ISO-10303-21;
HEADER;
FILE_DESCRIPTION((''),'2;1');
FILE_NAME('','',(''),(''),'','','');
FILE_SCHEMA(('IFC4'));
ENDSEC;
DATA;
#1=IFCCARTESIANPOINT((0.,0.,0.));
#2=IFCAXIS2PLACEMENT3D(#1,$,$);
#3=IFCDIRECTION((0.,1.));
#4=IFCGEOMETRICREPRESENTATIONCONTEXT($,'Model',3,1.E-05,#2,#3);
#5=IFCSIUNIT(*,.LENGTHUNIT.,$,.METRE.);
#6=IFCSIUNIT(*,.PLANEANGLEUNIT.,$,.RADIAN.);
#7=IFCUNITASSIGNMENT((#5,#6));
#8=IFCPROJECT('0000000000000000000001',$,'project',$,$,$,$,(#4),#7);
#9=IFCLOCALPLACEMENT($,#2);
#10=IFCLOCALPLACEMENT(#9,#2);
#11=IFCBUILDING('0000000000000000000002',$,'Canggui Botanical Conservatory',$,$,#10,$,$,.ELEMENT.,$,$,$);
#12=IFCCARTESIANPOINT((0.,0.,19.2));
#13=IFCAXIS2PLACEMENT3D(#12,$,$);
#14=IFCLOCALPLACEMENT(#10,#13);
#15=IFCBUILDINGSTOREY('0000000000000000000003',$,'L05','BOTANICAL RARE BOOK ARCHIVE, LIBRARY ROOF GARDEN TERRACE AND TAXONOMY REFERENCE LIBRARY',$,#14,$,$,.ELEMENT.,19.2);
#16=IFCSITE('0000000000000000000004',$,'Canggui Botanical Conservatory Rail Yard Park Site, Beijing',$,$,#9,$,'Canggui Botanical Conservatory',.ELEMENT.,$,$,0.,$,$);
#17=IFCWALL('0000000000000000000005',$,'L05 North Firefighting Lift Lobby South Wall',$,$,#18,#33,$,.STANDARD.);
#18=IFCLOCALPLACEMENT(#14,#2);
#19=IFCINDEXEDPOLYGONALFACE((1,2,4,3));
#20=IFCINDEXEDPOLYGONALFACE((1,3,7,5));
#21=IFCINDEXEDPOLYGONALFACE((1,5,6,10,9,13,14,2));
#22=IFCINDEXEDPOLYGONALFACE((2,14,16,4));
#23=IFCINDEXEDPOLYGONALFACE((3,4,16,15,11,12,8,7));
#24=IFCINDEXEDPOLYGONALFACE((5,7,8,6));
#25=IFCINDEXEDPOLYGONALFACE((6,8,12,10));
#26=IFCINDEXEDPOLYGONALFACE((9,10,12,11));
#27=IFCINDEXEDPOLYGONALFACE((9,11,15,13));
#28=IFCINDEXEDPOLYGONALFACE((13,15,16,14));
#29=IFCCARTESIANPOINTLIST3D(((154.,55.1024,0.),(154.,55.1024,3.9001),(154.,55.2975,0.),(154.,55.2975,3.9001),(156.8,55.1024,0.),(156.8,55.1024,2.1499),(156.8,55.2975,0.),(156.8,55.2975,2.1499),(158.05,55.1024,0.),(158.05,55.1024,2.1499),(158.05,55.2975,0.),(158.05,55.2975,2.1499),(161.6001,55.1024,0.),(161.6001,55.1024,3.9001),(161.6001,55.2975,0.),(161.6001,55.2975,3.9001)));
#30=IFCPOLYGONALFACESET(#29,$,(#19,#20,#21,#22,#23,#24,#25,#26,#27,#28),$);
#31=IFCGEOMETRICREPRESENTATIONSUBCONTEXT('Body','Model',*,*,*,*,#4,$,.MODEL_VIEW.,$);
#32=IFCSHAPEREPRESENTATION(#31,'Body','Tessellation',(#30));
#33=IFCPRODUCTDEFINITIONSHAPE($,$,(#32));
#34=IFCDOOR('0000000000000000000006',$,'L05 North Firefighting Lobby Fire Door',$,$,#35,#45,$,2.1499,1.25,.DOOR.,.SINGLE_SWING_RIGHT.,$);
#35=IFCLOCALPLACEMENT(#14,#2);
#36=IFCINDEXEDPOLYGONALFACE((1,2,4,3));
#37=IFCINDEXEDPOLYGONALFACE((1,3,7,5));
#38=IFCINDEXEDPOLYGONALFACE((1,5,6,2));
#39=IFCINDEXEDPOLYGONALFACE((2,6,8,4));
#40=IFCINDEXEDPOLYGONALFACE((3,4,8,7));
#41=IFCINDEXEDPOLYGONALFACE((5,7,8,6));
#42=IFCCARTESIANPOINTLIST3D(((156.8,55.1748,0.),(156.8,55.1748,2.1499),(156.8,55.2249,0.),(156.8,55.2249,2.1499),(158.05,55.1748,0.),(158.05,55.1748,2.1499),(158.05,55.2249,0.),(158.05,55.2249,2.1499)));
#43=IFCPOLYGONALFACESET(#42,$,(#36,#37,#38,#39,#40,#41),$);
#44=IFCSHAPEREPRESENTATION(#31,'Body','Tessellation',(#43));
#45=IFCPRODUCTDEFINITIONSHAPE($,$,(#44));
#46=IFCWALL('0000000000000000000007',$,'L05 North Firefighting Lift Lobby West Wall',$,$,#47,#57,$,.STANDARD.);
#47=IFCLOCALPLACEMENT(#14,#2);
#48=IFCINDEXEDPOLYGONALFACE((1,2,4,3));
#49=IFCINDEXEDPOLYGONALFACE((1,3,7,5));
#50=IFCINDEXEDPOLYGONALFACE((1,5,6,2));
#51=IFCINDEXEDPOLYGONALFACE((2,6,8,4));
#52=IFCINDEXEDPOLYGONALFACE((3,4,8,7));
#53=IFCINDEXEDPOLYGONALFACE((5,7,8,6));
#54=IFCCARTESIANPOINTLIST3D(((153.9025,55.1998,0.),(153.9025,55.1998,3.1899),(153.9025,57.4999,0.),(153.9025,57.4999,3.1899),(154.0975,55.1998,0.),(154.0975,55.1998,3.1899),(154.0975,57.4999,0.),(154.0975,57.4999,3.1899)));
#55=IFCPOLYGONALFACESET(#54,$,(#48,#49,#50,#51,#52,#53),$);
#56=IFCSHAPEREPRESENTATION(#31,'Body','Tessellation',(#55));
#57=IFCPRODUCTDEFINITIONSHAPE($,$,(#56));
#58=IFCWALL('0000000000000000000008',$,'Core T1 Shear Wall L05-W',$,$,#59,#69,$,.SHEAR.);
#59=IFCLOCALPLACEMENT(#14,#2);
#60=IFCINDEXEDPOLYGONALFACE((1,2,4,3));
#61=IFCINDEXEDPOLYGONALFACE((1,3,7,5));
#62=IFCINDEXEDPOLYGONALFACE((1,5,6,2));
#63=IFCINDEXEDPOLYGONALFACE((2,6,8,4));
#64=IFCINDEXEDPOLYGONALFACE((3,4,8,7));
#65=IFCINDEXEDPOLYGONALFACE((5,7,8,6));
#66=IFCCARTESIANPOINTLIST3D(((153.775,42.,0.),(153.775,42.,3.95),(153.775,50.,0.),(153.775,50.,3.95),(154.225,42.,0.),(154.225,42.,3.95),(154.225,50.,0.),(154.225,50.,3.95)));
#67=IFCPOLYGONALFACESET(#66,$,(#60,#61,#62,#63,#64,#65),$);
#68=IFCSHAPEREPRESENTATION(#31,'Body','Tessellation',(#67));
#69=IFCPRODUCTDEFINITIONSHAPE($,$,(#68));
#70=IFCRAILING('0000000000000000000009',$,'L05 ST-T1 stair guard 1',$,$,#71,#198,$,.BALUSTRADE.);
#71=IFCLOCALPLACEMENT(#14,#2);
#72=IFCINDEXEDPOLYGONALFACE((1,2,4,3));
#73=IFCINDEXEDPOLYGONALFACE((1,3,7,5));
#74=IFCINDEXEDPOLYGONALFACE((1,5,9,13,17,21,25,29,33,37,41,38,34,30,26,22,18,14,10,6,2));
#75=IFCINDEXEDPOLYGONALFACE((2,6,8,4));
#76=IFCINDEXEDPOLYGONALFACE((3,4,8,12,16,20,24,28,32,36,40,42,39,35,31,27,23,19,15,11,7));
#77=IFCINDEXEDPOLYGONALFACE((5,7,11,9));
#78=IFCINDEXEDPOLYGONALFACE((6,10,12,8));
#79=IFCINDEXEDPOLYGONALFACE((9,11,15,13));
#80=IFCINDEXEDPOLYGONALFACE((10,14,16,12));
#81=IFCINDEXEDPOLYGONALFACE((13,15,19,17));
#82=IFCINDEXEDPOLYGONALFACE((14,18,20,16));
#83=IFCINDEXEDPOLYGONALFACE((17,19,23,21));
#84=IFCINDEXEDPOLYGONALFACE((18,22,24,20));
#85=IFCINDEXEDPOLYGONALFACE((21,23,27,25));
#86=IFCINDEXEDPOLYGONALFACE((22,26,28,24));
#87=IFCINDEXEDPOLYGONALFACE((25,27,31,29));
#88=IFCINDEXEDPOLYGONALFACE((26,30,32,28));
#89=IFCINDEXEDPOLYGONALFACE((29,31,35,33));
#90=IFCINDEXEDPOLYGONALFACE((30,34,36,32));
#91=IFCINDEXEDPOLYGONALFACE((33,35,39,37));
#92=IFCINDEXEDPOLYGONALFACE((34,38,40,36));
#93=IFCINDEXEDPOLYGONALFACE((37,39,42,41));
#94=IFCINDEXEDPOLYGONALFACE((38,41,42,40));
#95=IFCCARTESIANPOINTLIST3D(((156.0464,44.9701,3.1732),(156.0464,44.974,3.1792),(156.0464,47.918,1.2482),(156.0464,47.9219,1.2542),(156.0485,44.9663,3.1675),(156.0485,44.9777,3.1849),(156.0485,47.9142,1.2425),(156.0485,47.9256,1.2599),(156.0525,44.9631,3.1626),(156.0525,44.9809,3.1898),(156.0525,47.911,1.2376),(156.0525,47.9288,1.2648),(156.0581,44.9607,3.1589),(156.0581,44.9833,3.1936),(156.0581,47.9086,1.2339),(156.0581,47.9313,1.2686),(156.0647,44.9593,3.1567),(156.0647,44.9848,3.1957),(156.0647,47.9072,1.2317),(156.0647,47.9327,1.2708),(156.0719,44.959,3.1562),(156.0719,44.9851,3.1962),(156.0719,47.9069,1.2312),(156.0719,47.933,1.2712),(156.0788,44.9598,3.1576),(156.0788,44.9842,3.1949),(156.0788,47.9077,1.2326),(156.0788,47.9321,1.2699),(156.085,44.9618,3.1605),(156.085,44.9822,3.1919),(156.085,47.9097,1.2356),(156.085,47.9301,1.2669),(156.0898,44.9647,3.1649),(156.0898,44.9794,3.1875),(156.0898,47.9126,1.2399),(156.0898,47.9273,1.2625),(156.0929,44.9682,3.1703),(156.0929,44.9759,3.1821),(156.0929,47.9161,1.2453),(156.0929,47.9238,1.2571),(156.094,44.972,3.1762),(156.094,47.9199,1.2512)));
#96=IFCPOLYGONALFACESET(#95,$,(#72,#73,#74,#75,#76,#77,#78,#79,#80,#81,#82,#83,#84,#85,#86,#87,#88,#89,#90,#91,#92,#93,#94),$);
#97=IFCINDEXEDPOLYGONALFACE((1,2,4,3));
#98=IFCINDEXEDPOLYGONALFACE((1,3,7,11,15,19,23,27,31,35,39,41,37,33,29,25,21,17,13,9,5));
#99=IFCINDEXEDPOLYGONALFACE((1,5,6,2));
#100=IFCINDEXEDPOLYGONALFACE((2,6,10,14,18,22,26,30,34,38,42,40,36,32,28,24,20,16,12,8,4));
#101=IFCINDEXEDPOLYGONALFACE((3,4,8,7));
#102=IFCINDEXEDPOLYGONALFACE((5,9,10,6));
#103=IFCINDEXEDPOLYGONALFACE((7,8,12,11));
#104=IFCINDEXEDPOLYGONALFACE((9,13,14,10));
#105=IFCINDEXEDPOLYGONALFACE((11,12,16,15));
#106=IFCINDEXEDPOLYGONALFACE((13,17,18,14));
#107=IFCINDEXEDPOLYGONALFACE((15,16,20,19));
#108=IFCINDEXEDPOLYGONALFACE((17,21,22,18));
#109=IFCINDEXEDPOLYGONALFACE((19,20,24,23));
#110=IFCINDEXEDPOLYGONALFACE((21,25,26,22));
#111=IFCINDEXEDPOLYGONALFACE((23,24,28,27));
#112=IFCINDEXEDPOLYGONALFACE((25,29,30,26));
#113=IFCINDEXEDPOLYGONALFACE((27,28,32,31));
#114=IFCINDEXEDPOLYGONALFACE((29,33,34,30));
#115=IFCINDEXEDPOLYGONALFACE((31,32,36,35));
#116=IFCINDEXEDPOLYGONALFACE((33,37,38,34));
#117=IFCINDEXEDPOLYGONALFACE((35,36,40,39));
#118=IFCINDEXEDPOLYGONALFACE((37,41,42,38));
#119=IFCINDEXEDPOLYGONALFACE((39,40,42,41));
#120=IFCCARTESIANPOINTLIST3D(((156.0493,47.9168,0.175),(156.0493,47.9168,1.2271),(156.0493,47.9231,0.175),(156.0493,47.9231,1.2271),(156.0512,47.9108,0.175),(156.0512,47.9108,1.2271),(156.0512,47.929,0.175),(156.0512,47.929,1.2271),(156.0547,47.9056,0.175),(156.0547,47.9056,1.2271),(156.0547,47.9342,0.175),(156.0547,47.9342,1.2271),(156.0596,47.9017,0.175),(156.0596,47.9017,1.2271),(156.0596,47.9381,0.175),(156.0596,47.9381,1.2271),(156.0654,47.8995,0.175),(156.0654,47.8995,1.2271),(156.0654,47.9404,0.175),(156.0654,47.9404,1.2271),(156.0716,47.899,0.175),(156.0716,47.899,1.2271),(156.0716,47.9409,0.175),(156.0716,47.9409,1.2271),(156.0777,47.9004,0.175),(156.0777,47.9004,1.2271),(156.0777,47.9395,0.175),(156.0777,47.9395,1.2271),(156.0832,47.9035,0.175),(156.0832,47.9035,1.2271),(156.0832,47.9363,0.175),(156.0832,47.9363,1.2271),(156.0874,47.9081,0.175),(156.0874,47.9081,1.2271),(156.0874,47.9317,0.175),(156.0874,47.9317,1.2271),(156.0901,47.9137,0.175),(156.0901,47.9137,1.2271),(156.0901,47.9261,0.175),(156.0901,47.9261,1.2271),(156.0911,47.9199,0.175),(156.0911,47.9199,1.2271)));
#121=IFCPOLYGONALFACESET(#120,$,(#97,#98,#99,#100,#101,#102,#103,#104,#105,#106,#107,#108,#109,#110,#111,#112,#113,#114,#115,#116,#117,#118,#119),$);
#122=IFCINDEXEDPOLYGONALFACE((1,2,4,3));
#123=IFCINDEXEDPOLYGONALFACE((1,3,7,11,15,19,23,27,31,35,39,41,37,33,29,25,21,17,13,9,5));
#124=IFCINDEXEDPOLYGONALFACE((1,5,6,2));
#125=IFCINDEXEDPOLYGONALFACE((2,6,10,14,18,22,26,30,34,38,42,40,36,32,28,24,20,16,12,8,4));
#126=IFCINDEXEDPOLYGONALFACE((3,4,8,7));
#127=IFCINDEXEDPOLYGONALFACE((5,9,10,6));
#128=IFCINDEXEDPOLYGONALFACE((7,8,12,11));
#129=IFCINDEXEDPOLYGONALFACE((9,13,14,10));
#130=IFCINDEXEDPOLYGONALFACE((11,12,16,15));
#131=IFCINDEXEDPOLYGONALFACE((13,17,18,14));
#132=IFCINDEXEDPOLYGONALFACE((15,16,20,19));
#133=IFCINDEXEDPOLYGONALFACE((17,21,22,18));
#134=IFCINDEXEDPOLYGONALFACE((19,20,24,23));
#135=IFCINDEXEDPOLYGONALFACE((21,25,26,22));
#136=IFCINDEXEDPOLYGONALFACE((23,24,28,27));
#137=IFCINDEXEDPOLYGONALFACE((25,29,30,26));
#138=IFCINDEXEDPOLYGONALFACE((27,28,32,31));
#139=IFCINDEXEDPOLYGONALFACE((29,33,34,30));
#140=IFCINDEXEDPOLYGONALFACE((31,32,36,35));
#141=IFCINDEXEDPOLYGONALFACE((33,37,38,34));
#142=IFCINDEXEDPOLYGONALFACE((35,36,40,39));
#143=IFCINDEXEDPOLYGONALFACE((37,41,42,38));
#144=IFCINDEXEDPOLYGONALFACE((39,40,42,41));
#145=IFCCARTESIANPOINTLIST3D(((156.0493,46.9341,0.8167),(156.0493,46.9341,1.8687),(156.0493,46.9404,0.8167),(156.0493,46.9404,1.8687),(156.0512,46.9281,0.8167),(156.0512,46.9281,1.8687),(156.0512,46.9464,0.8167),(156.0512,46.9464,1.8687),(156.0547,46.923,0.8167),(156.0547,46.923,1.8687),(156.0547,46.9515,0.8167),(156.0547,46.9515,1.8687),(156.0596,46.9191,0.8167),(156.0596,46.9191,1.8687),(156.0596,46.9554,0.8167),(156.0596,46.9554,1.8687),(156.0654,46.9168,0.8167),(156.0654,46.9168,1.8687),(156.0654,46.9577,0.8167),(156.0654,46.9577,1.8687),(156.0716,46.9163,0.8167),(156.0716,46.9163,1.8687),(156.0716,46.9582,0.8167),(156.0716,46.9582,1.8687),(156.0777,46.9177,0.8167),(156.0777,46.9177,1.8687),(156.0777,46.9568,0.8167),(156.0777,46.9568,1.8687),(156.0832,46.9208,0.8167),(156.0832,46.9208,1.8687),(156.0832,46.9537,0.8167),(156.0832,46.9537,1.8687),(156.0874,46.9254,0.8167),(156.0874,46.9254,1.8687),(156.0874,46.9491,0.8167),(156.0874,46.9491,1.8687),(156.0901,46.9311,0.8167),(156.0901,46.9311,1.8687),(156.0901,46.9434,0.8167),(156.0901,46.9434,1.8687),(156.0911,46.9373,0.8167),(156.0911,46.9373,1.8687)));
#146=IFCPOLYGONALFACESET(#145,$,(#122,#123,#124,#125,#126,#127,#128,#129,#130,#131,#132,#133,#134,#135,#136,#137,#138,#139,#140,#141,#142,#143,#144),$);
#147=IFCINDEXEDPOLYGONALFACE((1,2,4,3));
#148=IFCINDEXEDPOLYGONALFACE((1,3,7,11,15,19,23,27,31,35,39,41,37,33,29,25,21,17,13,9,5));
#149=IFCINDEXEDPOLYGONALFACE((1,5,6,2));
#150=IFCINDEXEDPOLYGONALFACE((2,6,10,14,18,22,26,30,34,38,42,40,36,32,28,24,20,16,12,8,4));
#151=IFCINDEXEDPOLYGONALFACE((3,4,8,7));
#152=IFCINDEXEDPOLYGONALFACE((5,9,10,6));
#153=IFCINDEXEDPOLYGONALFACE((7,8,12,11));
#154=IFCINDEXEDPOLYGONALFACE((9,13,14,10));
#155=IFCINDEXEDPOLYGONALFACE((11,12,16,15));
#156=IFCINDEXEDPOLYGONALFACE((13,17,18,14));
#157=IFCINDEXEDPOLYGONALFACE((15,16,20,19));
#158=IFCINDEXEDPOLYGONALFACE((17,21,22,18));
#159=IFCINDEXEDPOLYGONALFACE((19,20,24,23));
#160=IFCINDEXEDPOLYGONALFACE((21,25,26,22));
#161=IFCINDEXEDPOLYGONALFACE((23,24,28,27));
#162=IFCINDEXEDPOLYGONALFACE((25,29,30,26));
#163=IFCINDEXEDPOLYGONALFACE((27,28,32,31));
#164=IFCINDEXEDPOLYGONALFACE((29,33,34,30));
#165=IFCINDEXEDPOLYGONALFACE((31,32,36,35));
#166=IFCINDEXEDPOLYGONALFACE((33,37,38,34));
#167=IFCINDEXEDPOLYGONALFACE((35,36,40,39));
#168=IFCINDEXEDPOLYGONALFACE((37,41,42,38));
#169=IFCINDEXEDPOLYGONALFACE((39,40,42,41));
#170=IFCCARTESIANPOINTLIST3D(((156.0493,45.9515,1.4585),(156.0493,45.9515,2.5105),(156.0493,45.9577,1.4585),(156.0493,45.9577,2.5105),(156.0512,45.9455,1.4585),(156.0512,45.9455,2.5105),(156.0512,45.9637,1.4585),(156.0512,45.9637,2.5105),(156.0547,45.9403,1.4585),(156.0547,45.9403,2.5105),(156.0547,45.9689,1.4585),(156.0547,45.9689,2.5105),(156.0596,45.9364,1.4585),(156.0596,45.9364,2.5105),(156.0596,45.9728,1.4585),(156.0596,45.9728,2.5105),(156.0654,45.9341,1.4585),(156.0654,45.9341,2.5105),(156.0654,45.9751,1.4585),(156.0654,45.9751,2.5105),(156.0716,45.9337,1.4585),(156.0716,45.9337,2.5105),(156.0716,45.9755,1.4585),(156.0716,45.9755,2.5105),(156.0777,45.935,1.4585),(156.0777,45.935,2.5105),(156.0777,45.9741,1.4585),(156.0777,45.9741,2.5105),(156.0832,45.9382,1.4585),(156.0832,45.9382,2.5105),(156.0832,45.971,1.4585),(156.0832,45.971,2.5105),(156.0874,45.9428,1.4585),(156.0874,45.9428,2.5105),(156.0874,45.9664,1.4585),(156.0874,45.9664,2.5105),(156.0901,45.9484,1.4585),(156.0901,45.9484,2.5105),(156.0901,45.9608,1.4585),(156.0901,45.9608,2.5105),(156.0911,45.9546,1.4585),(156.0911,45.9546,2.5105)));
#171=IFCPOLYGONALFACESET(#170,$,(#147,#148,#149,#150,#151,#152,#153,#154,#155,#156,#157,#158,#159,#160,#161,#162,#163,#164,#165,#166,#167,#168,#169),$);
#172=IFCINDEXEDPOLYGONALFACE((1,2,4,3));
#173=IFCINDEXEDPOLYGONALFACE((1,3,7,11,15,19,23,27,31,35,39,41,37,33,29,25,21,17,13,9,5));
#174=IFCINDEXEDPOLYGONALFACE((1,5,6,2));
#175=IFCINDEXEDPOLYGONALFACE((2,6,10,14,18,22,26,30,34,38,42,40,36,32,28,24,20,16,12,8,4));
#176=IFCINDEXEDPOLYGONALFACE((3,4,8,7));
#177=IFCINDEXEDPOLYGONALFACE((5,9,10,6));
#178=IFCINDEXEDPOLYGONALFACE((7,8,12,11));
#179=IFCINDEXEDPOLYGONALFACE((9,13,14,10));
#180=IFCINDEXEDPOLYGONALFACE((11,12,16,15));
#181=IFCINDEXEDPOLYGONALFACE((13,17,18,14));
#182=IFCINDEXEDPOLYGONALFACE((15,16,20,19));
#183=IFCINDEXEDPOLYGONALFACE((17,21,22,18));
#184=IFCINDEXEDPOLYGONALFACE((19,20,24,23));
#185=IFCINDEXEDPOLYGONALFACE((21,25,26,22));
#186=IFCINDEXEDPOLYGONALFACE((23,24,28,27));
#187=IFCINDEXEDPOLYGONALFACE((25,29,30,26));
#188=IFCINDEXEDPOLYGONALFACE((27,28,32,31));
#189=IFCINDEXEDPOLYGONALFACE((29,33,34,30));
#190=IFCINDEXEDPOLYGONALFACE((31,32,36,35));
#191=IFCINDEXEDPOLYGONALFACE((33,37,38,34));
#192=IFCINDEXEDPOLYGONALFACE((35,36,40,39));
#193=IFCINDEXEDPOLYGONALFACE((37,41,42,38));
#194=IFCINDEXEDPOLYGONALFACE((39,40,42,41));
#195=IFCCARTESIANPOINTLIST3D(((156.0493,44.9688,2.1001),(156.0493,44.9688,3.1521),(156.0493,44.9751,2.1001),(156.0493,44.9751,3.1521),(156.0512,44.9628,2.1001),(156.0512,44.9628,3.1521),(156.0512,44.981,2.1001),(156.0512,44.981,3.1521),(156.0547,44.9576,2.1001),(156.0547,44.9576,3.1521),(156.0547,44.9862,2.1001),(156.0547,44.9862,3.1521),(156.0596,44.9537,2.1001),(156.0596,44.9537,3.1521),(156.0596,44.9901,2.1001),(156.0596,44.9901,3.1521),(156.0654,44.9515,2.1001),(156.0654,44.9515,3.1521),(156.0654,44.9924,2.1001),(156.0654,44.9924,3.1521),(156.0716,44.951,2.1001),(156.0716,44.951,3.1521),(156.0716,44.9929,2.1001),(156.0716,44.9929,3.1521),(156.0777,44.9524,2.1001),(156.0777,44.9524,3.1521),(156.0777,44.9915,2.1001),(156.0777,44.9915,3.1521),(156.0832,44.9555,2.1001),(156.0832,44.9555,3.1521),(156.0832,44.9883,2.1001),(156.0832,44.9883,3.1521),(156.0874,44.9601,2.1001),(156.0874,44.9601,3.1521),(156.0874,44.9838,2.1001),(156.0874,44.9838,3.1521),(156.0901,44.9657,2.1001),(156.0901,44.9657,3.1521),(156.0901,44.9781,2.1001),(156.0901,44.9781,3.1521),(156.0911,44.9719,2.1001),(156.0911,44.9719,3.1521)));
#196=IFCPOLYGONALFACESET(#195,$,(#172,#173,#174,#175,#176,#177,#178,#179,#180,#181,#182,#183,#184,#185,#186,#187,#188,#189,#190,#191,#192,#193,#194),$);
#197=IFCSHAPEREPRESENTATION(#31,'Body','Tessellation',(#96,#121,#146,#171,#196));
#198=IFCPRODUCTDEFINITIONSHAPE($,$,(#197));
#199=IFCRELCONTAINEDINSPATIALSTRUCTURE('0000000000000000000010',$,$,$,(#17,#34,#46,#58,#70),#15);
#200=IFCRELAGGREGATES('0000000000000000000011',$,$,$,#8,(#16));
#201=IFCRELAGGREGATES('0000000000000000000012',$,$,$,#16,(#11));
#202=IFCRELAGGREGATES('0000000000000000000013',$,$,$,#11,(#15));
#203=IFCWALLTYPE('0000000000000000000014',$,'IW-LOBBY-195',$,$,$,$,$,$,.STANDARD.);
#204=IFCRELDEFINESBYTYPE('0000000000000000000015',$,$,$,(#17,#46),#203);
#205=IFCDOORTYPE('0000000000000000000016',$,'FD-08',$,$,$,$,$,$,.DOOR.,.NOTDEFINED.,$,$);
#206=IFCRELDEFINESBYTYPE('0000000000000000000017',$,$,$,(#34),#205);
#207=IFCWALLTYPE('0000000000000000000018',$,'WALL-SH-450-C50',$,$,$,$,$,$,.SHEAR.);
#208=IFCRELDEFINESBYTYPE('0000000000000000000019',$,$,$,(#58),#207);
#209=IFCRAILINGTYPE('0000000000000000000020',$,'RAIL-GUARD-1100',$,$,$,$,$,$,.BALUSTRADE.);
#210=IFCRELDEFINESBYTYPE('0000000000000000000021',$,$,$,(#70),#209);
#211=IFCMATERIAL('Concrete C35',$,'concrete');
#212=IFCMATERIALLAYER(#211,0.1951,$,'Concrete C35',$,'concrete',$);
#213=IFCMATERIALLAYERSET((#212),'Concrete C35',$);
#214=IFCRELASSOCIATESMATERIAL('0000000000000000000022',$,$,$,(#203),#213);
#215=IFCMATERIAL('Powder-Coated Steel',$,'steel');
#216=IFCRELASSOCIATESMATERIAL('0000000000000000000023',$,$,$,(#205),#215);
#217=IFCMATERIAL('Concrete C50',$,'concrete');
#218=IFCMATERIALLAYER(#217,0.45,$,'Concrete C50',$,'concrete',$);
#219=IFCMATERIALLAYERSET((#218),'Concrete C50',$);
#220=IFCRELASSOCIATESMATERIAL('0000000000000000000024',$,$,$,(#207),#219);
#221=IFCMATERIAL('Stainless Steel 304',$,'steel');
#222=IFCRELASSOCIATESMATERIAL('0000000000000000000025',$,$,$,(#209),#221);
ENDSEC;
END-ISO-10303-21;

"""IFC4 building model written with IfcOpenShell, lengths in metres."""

from ifc_helpers import new_model, si_unit, direction, frame, frame_2d, origin, origin_2d, place, context, subcontext, project, spatial, rectangle, circle, extrude, material, layer, layer_set, type_object, element, fill, save


model = new_model("IFC4")

# Units and contexts
model_context = context("Model", 3, precision=1e-05, world=origin(), true_north=direction((0.0, 1.0)))
body_context = subcontext(model_context, "Body", "Model", "MODEL_VIEW")
ifc_project = project(units=[si_unit("LENGTHUNIT", "METRE"), si_unit("PLANEANGLEUNIT", "RADIAN")], contexts=[model_context])

# Site, building, storey
site_placement = place(None, origin())
site = spatial("IfcSite", under=ifc_project, at=site_placement, Name="Canggui Botanical Conservatory Rail Yard Park Site, Beijing", LongName="Canggui Botanical Conservatory", CompositionType="ELEMENT", RefElevation=0.0)
building_placement = place(site_placement, origin())
building = spatial("IfcBuilding", under=site, at=building_placement, Name="Canggui Botanical Conservatory", CompositionType="ELEMENT")
storey_placement = place(building_placement, frame((0.0, 0.0, 19.2)))
storey = spatial("IfcBuildingStorey", under=building, at=storey_placement, Name="L05", Description="BOTANICAL RARE BOOK ARCHIVE, LIBRARY ROOF GARDEN TERRACE AND TAXONOMY REFERENCE LIBRARY", CompositionType="ELEMENT", Elevation=19.2)

# Shared definitions
ifc_material_1 = material(Name="Concrete C35", Category="concrete")

# Shared definitions
ifc_layer_1 = layer(ifc_material_1, 0.1951, Name="Concrete C35", Category="concrete")
ifc_layer_set_1 = layer_set([ifc_layer_1], Name="Concrete C35")
wall_type_1 = type_object("IfcWallType", Name="IW-LOBBY-195", PredefinedType="STANDARD", material=ifc_layer_set_1)
ifc_material_2 = material(Name="Powder-Coated Steel", Category="steel")

# Wall, opening, door
wall_1_placement = place(storey_placement, frame((154.0, 55.2, 0.0), z_axis=(0.0, 0.0, 1.0), x_axis=(1.0, 0.0, 0.0)))
wall_1 = element("IfcWall", 1, at=wall_1_placement, inside=storey, type_object=wall_type_1, Name="L05 North Firefighting Lift Lobby South Wall", PredefinedType="STANDARD", context=body_context, shape_type="SweptSolid", body=[
    extrude(rectangle(XDim=7.6001, YDim=0.1951, at=frame_2d((3.8, 0.0))), origin(), (0.0, 0.0, 1.0), 3.9001),
])
opening_1_placement = place(wall_1_placement, frame((2.8, 0.0, 0.0)))
opening_1 = element("IfcOpeningElement", 2, at=opening_1_placement, cuts=wall_1, PredefinedType="OPENING", context=body_context, shape_type="SweptSolid", body=[
    extrude(rectangle(XDim=1.25, YDim=2.1499, at=frame_2d((0.625, 1.075))), frame((0.0, 0.1074, 0.0), z_axis=(0.0, -1.0, 0.0), x_axis=(1.0, 0.0, 0.0)), (0.0, 0.0, 1.0), 0.2151),
])
door_type_1 = type_object("IfcDoorType", Name="FD-08", OperationType="NOTDEFINED", PredefinedType="DOOR", material=ifc_material_2)
door_1_placement = place(opening_1_placement, origin())
door_1 = element("IfcDoor", 3, at=door_1_placement, inside=storey, type_object=door_type_1, Name="L05 North Firefighting Lobby Fire Door", OperationType="SINGLE_SWING_RIGHT", OverallHeight=2.1499, OverallWidth=1.25, PredefinedType="DOOR", context=body_context, shape_type="SweptSolid", body=[
    extrude(rectangle(XDim=1.25, YDim=2.1499, at=frame_2d((0.625, 1.075))), frame((0.0, 0.0249, 0.0), z_axis=(0.0, -1.0, 0.0), x_axis=(1.0, 0.0, 0.0)), (0.0, 0.0, 1.0), 0.05),
])
fill(opening_1, door_1)

# Walls
wall_2_placement = place(storey_placement, frame((154.0, 55.2, 0.0), z_axis=(0.0, 0.0, 1.0), x_axis=(0.0, 1.0, 0.0)))
element("IfcWall", 4, at=wall_2_placement, inside=storey, type_object=wall_type_1, Name="L05 North Firefighting Lift Lobby West Wall", PredefinedType="STANDARD", context=body_context, shape_type="SweptSolid", body=[
    extrude(rectangle(XDim=2.3, YDim=0.1951, at=frame_2d((1.1499, 0.0))), origin(), (0.0, 0.0, 1.0), 3.1899),
])
ifc_material_3 = material(Name="Concrete C50", Category="concrete")
ifc_layer_2 = layer(ifc_material_3, 0.45, Name="Concrete C50", Category="concrete")
ifc_layer_set_2 = layer_set([ifc_layer_2], Name="Concrete C50")
wall_type_2 = type_object("IfcWallType", Name="WALL-SH-450-C50", PredefinedType="SHEAR", material=ifc_layer_set_2)
wall_3_placement = place(storey_placement, frame((154.0, 50.0, 0.0), z_axis=(0.0, 0.0, 1.0), x_axis=(0.0, -1.0, 0.0)))
element("IfcWall", 5, at=wall_3_placement, inside=storey, type_object=wall_type_2, Name="Core T1 Shear Wall L05-W", PredefinedType="SHEAR", context=body_context, shape_type="SweptSolid", body=[
    extrude(rectangle(XDim=8.0, YDim=0.45, at=frame_2d((4.0, 0.0))), origin(), (0.0, 0.0, 1.0), 3.95),
])

# Shared definitions
ifc_material_4 = material(Name="Stainless Steel 304", Category="steel")

# Railing
railing_type = type_object("IfcRailingType", Name="RAIL-GUARD-1100", PredefinedType="BALUSTRADE", material=ifc_material_4)
railing_1_placement = place(storey_placement, frame((156.0701, 47.9199, 0.175)))
element("IfcRailing", 6, at=railing_1_placement, inside=storey, type_object=railing_type, Name="L05 ST-T1 stair guard 1", PredefinedType="BALUSTRADE", context=body_context, shape_type="SweptSolid", body=[
    extrude(circle(Radius=0.0239, at=origin_2d()), frame((0.0, 0.0, 1.0762), z_axis=(0.0, -0.837293, 0.546754), x_axis=(1.0, 0.0, 0.0)), (0.0, 0.0, 1.0), 3.5208),
    extrude(circle(Radius=0.021, at=origin_2d()), origin(), (0.0, 0.0, 1.0), 1.052),
    extrude(circle(Radius=0.021, at=origin_2d()), frame((0.0, -0.9827, 0.6416)), (0.0, 0.0, 1.0), 1.052),
    extrude(circle(Radius=0.021, at=origin_2d()), frame((0.0, -1.9653, 1.2834)), (0.0, 0.0, 1.0), 1.052),
    extrude(circle(Radius=0.021, at=origin_2d()), frame((0.0, -2.948, 1.925)), (0.0, 0.0, 1.0), 1.052),
])

save(model, "model.ifc")
